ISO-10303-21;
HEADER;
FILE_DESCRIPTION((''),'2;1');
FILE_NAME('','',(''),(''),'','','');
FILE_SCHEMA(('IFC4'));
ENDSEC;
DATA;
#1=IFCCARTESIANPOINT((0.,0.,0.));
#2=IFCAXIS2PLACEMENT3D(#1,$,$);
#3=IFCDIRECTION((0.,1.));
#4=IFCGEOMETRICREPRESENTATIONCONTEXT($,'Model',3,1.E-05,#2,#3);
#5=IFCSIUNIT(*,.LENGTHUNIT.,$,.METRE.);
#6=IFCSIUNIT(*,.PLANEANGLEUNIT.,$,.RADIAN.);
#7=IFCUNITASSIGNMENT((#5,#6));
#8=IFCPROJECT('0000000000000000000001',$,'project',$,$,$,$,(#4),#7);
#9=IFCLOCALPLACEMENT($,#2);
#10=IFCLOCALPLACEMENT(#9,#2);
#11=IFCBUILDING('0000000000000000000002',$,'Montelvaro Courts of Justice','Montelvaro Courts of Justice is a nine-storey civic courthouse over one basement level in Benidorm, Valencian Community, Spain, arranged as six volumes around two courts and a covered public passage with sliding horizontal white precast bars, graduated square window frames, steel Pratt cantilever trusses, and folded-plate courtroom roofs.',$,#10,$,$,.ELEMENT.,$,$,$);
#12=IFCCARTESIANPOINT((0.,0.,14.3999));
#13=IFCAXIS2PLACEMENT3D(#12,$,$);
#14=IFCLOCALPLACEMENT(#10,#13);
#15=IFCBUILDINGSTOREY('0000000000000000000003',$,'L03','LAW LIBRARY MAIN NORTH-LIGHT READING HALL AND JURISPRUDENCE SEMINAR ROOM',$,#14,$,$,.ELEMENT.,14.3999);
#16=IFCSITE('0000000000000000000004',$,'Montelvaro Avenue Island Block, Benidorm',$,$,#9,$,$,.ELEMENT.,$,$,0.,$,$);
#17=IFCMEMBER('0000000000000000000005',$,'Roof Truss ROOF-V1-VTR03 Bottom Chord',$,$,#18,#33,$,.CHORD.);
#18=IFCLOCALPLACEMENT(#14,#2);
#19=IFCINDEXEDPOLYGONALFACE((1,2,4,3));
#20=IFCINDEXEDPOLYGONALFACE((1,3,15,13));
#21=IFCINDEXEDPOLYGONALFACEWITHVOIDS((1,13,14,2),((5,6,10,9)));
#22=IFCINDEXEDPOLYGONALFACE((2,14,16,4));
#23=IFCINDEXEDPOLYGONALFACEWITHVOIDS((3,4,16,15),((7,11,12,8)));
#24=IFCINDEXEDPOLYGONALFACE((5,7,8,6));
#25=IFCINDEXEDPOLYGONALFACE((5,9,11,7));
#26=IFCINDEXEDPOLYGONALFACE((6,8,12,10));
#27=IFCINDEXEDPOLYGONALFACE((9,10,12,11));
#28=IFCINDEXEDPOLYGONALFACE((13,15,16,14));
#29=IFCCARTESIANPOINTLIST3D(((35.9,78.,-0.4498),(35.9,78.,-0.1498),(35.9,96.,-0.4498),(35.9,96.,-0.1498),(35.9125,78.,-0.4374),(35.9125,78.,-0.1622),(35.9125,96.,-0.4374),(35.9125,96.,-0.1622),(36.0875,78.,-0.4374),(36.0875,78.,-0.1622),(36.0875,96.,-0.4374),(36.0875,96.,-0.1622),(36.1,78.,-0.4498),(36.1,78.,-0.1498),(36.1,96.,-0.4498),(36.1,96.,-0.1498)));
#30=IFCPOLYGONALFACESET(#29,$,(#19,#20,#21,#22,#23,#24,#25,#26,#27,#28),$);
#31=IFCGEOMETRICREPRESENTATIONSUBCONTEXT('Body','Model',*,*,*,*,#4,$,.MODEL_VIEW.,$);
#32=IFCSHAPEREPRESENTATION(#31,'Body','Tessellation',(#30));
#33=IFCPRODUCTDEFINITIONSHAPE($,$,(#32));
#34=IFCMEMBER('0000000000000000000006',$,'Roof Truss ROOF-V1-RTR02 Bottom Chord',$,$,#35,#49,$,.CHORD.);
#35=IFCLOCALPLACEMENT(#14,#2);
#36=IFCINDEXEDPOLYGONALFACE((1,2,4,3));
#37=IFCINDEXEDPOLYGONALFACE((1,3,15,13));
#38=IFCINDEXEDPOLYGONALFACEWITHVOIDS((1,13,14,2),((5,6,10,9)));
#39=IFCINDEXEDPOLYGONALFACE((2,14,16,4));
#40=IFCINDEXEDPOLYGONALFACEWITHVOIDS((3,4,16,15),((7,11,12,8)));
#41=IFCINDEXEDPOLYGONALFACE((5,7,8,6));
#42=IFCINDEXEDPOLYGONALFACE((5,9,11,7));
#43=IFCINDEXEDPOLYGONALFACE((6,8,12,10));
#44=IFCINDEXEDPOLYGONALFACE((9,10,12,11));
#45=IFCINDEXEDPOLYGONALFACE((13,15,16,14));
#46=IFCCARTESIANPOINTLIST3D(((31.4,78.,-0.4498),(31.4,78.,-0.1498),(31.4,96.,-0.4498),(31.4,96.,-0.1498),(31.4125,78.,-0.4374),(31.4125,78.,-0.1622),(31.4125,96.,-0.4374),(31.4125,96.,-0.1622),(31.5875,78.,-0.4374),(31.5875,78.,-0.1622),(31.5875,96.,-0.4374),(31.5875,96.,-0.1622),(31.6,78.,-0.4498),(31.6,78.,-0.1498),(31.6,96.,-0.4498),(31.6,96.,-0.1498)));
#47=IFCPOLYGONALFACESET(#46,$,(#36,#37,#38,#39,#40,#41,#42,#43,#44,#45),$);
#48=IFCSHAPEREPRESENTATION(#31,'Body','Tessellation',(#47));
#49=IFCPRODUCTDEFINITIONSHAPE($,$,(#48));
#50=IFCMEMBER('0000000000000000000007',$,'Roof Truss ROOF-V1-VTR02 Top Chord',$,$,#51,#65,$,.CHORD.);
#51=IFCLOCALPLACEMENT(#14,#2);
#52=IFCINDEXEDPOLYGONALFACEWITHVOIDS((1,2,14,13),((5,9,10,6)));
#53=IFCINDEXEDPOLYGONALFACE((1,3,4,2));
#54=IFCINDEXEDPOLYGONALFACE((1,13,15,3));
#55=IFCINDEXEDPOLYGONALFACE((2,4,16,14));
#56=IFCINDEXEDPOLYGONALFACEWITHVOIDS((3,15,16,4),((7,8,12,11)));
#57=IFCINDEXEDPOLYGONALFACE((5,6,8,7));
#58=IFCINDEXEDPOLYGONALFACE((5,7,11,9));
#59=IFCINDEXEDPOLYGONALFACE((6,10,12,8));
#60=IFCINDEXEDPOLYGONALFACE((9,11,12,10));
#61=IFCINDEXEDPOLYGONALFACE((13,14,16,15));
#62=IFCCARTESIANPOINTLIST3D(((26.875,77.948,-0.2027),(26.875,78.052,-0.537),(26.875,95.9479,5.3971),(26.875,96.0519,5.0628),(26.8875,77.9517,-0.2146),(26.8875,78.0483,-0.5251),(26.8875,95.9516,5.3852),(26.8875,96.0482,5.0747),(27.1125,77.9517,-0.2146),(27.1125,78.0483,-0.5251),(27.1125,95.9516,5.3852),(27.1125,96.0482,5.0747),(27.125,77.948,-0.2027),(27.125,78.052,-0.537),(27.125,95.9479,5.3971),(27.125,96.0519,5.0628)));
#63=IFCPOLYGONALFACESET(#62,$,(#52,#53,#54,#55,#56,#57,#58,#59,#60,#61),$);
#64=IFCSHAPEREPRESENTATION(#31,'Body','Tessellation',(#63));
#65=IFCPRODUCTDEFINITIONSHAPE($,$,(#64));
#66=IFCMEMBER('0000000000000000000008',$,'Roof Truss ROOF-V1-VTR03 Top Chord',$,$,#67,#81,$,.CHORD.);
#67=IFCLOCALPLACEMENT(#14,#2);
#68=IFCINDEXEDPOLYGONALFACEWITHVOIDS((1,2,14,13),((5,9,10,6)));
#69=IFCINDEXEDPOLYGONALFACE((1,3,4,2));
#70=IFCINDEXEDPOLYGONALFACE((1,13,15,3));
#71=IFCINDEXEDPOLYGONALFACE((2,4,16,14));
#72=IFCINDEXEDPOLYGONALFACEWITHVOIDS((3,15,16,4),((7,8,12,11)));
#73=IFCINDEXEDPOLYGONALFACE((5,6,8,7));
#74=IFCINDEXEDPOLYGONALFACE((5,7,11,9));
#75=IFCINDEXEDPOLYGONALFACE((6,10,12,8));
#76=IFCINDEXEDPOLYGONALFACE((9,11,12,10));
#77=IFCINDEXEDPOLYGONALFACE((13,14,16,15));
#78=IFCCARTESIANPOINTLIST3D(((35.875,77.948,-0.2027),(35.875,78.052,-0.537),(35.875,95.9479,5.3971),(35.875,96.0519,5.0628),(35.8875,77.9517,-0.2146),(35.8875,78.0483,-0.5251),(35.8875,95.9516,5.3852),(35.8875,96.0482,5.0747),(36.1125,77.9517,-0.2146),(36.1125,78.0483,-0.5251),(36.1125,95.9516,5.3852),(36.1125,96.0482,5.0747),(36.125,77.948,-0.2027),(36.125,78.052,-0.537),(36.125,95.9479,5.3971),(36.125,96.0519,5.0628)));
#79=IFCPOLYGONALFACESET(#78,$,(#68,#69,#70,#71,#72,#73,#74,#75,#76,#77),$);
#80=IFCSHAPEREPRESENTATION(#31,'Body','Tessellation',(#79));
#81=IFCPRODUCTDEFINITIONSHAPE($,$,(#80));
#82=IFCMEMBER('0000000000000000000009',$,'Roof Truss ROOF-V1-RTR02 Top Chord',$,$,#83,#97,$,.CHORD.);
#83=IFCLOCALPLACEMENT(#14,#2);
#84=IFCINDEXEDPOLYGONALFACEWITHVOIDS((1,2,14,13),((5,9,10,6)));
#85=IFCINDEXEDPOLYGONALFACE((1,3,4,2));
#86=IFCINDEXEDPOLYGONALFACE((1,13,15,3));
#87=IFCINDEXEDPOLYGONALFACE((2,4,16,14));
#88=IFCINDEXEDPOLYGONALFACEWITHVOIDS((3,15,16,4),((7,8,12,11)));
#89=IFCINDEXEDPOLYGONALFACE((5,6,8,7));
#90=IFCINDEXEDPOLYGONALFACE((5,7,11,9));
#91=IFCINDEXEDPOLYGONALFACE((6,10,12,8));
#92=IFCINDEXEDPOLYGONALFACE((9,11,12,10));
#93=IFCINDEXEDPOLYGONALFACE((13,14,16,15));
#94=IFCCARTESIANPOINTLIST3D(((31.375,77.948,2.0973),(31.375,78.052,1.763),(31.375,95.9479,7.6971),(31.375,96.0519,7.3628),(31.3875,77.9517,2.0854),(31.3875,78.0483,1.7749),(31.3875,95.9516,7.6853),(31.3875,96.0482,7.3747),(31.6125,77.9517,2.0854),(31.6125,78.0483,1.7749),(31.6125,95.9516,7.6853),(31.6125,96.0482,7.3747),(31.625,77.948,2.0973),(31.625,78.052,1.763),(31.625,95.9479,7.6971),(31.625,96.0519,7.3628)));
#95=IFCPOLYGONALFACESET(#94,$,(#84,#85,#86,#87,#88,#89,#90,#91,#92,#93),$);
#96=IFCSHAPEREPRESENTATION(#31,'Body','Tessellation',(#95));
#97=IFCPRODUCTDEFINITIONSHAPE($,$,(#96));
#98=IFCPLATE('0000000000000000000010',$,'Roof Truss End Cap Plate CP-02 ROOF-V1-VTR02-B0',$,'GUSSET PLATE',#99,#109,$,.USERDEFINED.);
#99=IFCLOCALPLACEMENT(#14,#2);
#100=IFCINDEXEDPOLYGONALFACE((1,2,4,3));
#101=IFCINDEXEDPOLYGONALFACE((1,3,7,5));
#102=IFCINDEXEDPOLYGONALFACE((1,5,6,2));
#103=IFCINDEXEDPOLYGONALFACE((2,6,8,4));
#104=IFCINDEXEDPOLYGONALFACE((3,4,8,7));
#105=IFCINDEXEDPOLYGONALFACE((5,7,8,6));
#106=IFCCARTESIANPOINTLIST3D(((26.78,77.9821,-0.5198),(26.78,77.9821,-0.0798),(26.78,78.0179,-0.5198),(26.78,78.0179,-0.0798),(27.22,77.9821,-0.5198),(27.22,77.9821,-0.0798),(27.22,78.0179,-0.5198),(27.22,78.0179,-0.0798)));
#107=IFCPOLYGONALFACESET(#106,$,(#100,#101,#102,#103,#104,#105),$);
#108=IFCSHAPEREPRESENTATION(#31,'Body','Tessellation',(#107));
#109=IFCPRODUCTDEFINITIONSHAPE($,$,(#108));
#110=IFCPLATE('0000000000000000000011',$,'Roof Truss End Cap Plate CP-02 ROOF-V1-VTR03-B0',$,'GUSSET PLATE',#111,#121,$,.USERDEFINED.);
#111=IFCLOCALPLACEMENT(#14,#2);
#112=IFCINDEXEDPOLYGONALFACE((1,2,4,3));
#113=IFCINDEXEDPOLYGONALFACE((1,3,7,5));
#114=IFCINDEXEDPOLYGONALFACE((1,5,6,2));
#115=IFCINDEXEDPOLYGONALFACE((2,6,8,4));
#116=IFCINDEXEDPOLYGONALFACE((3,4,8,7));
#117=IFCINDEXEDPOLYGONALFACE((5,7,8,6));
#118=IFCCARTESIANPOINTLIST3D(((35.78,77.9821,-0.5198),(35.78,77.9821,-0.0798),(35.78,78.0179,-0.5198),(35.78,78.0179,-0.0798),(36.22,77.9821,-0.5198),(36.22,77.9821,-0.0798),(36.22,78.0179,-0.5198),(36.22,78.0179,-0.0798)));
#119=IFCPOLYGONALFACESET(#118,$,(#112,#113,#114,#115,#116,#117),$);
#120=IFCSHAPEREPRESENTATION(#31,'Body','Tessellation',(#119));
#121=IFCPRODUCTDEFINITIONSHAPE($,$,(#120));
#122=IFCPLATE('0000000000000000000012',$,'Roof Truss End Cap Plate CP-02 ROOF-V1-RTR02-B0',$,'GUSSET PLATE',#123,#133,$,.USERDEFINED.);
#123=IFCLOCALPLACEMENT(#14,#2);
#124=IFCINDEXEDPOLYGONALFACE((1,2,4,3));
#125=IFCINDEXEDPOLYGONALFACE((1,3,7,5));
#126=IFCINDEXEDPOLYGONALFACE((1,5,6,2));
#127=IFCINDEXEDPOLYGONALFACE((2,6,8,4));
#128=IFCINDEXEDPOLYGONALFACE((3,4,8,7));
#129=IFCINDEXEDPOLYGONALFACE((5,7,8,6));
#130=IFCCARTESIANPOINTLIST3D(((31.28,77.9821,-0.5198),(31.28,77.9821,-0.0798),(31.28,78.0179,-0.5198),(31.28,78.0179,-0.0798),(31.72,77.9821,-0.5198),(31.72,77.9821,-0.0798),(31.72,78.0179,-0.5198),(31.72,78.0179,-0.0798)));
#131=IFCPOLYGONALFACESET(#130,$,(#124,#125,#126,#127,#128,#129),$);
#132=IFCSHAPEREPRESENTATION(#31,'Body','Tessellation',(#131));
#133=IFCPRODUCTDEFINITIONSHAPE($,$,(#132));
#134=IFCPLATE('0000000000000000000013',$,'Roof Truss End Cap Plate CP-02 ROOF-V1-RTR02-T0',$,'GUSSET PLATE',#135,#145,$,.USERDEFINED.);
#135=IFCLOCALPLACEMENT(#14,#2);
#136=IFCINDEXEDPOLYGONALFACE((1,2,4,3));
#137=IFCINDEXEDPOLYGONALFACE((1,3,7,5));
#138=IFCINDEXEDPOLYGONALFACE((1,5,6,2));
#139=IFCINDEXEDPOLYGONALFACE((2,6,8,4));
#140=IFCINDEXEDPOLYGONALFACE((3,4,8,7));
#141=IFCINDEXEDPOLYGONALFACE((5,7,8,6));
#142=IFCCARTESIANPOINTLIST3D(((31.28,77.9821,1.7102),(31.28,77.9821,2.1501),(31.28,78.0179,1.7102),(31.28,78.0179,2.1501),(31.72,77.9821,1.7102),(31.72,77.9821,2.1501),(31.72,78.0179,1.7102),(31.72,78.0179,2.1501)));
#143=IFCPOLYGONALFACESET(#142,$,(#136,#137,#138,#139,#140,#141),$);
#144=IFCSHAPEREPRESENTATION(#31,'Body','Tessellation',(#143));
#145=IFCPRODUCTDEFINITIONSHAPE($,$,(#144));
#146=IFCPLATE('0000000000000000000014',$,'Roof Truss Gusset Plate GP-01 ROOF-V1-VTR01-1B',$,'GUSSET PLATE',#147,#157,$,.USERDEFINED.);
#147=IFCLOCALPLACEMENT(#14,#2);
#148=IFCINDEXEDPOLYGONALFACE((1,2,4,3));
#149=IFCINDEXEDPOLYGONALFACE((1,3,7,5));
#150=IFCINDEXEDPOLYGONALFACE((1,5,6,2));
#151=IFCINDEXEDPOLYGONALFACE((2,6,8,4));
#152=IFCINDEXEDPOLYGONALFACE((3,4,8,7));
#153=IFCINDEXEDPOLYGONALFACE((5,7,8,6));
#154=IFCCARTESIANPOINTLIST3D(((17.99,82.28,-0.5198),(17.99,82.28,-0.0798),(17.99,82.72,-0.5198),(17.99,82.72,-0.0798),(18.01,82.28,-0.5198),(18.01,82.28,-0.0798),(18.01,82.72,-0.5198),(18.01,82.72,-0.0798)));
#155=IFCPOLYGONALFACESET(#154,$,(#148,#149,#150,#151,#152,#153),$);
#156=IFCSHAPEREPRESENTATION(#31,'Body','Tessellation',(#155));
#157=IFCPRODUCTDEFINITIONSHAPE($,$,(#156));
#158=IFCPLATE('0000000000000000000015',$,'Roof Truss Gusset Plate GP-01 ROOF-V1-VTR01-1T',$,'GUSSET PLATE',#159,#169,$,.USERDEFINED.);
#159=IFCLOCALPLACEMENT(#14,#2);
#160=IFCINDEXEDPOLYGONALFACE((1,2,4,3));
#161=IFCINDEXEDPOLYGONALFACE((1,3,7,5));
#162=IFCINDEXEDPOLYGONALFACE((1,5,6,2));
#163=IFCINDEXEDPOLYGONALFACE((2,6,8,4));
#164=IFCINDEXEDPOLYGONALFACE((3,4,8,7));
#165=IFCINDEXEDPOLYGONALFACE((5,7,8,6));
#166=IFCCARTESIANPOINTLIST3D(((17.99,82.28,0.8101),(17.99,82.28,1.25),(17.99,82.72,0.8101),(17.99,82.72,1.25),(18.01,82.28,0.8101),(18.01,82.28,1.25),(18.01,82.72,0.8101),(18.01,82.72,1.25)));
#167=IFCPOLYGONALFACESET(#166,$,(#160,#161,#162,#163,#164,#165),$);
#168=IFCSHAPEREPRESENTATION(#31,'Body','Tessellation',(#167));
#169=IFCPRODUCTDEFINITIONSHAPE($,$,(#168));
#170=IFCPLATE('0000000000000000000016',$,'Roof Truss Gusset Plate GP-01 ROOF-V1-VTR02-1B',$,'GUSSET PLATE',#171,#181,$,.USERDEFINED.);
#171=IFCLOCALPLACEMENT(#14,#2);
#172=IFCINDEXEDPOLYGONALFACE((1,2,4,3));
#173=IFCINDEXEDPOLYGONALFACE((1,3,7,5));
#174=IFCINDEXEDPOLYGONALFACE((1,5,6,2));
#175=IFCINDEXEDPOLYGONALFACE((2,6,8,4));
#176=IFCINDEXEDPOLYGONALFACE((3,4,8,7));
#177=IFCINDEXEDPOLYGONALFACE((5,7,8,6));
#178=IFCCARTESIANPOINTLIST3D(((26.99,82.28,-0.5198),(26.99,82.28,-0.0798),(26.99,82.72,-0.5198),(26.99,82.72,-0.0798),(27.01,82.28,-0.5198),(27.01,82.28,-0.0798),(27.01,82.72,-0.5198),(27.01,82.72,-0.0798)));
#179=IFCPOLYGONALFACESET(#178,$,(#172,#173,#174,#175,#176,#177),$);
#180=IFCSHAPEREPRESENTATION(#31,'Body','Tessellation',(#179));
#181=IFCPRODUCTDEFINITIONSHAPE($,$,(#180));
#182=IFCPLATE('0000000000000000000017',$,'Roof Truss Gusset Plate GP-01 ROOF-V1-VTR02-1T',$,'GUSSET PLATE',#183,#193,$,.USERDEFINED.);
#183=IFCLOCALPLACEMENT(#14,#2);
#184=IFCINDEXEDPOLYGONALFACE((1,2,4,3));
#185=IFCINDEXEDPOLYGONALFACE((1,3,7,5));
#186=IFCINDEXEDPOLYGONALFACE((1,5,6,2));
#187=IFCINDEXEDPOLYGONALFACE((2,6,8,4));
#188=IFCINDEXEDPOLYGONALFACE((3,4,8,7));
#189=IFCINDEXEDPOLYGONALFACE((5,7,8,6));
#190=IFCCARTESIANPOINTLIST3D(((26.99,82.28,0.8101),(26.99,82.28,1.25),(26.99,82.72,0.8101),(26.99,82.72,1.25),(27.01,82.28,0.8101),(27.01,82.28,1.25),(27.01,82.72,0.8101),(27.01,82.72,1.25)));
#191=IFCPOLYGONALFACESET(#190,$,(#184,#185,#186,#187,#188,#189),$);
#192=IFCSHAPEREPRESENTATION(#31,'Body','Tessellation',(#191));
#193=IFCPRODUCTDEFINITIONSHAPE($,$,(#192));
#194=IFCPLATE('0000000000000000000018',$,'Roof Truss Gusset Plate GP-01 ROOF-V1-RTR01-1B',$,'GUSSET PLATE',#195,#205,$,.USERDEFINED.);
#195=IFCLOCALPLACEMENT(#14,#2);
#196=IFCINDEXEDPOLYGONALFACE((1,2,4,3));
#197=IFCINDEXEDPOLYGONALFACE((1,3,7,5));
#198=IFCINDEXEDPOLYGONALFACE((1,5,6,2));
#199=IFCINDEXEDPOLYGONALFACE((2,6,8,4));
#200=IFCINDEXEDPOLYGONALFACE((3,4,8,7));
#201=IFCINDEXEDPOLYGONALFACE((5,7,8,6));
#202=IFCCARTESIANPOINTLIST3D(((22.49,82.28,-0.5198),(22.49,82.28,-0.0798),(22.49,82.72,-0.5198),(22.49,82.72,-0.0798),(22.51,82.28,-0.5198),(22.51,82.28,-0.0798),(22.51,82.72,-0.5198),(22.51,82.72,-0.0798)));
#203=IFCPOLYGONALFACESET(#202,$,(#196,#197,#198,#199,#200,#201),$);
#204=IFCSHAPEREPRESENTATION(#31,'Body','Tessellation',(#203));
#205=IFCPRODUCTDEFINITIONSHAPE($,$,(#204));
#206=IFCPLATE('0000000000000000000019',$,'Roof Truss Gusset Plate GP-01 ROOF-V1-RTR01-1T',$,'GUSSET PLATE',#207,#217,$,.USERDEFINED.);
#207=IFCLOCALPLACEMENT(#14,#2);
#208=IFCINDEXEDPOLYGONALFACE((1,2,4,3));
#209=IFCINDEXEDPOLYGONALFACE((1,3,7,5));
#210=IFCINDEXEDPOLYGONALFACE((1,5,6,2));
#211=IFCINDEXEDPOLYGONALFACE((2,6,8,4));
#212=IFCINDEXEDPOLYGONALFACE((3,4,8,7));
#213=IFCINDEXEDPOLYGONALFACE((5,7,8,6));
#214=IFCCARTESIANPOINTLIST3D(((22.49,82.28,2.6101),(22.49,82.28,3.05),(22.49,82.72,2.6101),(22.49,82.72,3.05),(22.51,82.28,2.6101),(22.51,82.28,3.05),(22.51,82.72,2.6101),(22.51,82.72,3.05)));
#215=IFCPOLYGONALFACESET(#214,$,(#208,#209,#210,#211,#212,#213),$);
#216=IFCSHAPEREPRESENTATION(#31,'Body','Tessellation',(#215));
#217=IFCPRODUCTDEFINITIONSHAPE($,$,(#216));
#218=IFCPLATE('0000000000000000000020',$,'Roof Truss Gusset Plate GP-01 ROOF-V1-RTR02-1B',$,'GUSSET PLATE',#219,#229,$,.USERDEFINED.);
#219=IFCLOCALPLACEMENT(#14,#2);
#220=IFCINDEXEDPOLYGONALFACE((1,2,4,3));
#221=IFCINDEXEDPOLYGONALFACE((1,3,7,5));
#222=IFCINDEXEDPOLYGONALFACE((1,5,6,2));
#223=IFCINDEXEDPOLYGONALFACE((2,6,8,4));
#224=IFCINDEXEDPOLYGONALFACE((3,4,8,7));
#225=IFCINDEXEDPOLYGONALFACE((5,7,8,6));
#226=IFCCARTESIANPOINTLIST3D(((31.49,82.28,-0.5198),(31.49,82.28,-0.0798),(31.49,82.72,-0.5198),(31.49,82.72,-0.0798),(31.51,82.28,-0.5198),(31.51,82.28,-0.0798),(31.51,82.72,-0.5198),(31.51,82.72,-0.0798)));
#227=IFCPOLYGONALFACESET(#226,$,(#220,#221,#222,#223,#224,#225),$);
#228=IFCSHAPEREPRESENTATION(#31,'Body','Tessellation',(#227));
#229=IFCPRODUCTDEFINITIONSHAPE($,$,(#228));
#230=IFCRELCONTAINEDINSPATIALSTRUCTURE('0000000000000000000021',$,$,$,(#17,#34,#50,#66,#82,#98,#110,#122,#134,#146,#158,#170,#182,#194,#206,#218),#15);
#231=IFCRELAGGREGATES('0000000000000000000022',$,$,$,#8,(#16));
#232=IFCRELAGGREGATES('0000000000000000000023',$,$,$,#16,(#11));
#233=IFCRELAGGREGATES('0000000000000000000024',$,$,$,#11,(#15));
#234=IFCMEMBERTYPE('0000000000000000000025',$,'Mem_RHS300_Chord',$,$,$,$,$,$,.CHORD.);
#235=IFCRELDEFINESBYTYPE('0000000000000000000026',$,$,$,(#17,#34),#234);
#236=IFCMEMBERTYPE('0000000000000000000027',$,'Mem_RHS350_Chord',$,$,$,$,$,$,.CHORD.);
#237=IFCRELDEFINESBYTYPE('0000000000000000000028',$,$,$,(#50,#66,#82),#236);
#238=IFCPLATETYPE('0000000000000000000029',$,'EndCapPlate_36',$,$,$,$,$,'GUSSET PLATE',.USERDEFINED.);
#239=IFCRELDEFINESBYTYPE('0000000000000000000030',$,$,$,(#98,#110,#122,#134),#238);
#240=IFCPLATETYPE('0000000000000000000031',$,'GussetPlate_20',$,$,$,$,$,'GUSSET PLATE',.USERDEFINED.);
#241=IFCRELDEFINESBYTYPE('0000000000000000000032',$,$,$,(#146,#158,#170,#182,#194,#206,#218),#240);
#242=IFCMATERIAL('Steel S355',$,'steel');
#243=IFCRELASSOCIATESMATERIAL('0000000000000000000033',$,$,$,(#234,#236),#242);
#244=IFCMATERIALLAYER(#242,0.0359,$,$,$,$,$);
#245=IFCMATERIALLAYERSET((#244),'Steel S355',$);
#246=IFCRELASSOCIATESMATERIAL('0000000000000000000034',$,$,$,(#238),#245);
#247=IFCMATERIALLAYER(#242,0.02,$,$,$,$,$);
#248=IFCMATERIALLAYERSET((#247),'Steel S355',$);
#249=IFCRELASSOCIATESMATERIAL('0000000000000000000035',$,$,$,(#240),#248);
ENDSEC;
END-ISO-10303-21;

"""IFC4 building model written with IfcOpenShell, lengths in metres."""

from ifc_helpers import new_model, si_unit, direction, frame, origin, origin_2d, place, context, subcontext, project, spatial, rectangle, hollow_rectangle, extrude, material, layer, layer_set, material_profile, profile_set, type_object, element, save


model = new_model("IFC4")

# Units and contexts
model_context = context("Model", 3, precision=1e-05, world=origin(), true_north=direction((0.0, 1.0)))
body_context = subcontext(model_context, "Body", "Model", "MODEL_VIEW")
ifc_project = project(units=[si_unit("LENGTHUNIT", "METRE"), si_unit("PLANEANGLEUNIT", "RADIAN")], contexts=[model_context])

# Site, building, storey
site_placement = place(None, origin())
site = spatial("IfcSite", under=ifc_project, at=site_placement, Name="Montelvaro Avenue Island Block, Benidorm", CompositionType="ELEMENT", RefElevation=0.0)
building_placement = place(site_placement, origin())
building = spatial("IfcBuilding", under=site, at=building_placement, Name="Montelvaro Courts of Justice", Description="Montelvaro Courts of Justice is a nine-storey civic courthouse over one basement level in Benidorm, Valencian Community, Spain, arranged as six volumes around two courts and a covered public passage with sliding horizontal white precast bars, graduated square window frames, steel Pratt cantilever trusses, and folded-plate courtroom roofs.", CompositionType="ELEMENT")
storey_placement = place(building_placement, frame((0.0, 0.0, 14.3999)))
storey = spatial("IfcBuildingStorey", under=building, at=storey_placement, Name="L03", Description="LAW LIBRARY MAIN NORTH-LIGHT READING HALL AND JURISPRUDENCE SEMINAR ROOM", CompositionType="ELEMENT", Elevation=14.3999)

# Members
ifc_material = material(Name="Steel S355", Category="steel")
ifc_material_profile_1 = material_profile(ifc_material, hollow_rectangle(XDim=0.2, YDim=0.3, WallThickness=0.0125, at=origin_2d()), Name="RHS 300x200x12.5")
ifc_profile_set_1 = profile_set([ifc_material_profile_1], Name="Steel S355")
member_type_1 = type_object("IfcMemberType", Name="Mem_RHS300_Chord", PredefinedType="CHORD", material=ifc_profile_set_1)
for number, where, z_axis, x_axis, name in (
    (1, (36.0, 78.0, -0.2998), (0.0, 1.0, 0.0), (-1.0, 0.0, 0.0), "Roof Truss ROOF-V1-VTR03 Bottom Chord"),
    (2, (31.5, 78.0, -0.2998), (0.0, 1.0, 0.0), (-1.0, 0.0, 0.0), "Roof Truss ROOF-V1-RTR02 Bottom Chord"),
):
    element("IfcMember", number, at=place(storey_placement, frame(where, z_axis=z_axis, x_axis=x_axis)), inside=storey, type_object=member_type_1, Name=name, PredefinedType="CHORD", context=body_context, shape_type="SweptSolid", body=[
        extrude(hollow_rectangle(XDim=0.2, YDim=0.3, WallThickness=0.0125, at=origin_2d()), origin(), (0.0, 0.0, 1.0), 18.0),
    ])
ifc_material_profile_2 = material_profile(ifc_material, hollow_rectangle(XDim=0.25, YDim=0.3501, WallThickness=0.0125, at=origin_2d()), Name="RHS 350x250x12.5")
ifc_profile_set_2 = profile_set([ifc_material_profile_2], Name="Steel S355")
member_type_2 = type_object("IfcMemberType", Name="Mem_RHS350_Chord", PredefinedType="CHORD", material=ifc_profile_set_2)
for number, where, z_axis, x_axis, name in (
    (3, (27.0, 78.0, -0.3699), (0.0, 0.954859, 0.297059), (-1.0, 0.0, 0.0), "Roof Truss ROOF-V1-VTR02 Top Chord"),
    (4, (36.0, 78.0, -0.3699), (0.0, 0.954859, 0.297059), (-1.0, 0.0, 0.0), "Roof Truss ROOF-V1-VTR03 Top Chord"),
    (5, (31.5, 78.0, 1.9302), (0.0, 0.954859, 0.297059), (-1.0, 0.0, 0.0), "Roof Truss ROOF-V1-RTR02 Top Chord"),
):
    element("IfcMember", number, at=place(storey_placement, frame(where, z_axis=z_axis, x_axis=x_axis)), inside=storey, type_object=member_type_2, Name=name, PredefinedType="CHORD", context=body_context, shape_type="SweptSolid", body=[
        extrude(hollow_rectangle(XDim=0.25, YDim=0.3501, WallThickness=0.0125, at=origin_2d()), origin(), (0.0, 0.0, 1.0), 18.8508),
    ])

# Plates
ifc_layer_1 = layer(ifc_material, 0.0359)
ifc_layer_set_1 = layer_set([ifc_layer_1], Name="Steel S355")
plate_type_1 = type_object("IfcPlateType", Name="EndCapPlate_36", ElementType="GUSSET PLATE", PredefinedType="USERDEFINED", material=ifc_layer_set_1)
for number, where, z_axis, x_axis, name in (
    (6, (27.0, 78.0, -0.5198), (0.0, 0.0, 1.0), (1.0, 0.0, 0.0), "Roof Truss End Cap Plate CP-02 ROOF-V1-VTR02-B0"),
    (7, (36.0, 78.0, -0.5198), (0.0, 0.0, 1.0), (1.0, 0.0, 0.0), "Roof Truss End Cap Plate CP-02 ROOF-V1-VTR03-B0"),
    (8, (31.5, 78.0, -0.5198), (0.0, 0.0, 1.0), (1.0, 0.0, 0.0), "Roof Truss End Cap Plate CP-02 ROOF-V1-RTR02-B0"),
    (9, (31.5, 78.0, 1.7102), (0.0, 0.0, 1.0), (1.0, 0.0, 0.0), "Roof Truss End Cap Plate CP-02 ROOF-V1-RTR02-T0"),
):
    element("IfcPlate", number, at=place(storey_placement, frame(where, z_axis=z_axis, x_axis=x_axis)), inside=storey, type_object=plate_type_1, Name=name, ObjectType="GUSSET PLATE", PredefinedType="USERDEFINED", context=body_context, shape_type="SweptSolid", body=[
        extrude(rectangle(XDim=0.4399, YDim=0.0359, at=origin_2d()), origin(), (0.0, 0.0, 1.0), 0.4399),
    ])
ifc_layer_2 = layer(ifc_material, 0.02)
ifc_layer_set_2 = layer_set([ifc_layer_2], Name="Steel S355")
plate_type_2 = type_object("IfcPlateType", Name="GussetPlate_20", ElementType="GUSSET PLATE", PredefinedType="USERDEFINED", material=ifc_layer_set_2)
for number, where, z_axis, x_axis, name in (
    (10, (18.0, 82.5, -0.5198), (0.0, 0.0, 1.0), (1.0, 0.0, 0.0), "Roof Truss Gusset Plate GP-01 ROOF-V1-VTR01-1B"),
    (11, (18.0, 82.5, 0.8101), (0.0, 0.0, 1.0), (1.0, 0.0, 0.0), "Roof Truss Gusset Plate GP-01 ROOF-V1-VTR01-1T"),
    (12, (27.0, 82.5, -0.5198), (0.0, 0.0, 1.0), (1.0, 0.0, 0.0), "Roof Truss Gusset Plate GP-01 ROOF-V1-VTR02-1B"),
    (13, (27.0, 82.5, 0.8101), (0.0, 0.0, 1.0), (1.0, 0.0, 0.0), "Roof Truss Gusset Plate GP-01 ROOF-V1-VTR02-1T"),
    (14, (22.5, 82.5, -0.5198), (0.0, 0.0, 1.0), (1.0, 0.0, 0.0), "Roof Truss Gusset Plate GP-01 ROOF-V1-RTR01-1B"),
    (15, (22.5, 82.5, 2.6101), (0.0, 0.0, 1.0), (1.0, 0.0, 0.0), "Roof Truss Gusset Plate GP-01 ROOF-V1-RTR01-1T"),
    (16, (31.5, 82.5, -0.5198), (0.0, 0.0, 1.0), (1.0, 0.0, 0.0), "Roof Truss Gusset Plate GP-01 ROOF-V1-RTR02-1B"),
):
    element("IfcPlate", number, at=place(storey_placement, frame(where, z_axis=z_axis, x_axis=x_axis)), inside=storey, type_object=plate_type_2, Name=name, ObjectType="GUSSET PLATE", PredefinedType="USERDEFINED", context=body_context, shape_type="SweptSolid", body=[
        extrude(rectangle(XDim=0.02, YDim=0.4399, at=origin_2d()), origin(), (0.0, 0.0, 1.0), 0.4399),
    ])

save(model, "model.ifc")
